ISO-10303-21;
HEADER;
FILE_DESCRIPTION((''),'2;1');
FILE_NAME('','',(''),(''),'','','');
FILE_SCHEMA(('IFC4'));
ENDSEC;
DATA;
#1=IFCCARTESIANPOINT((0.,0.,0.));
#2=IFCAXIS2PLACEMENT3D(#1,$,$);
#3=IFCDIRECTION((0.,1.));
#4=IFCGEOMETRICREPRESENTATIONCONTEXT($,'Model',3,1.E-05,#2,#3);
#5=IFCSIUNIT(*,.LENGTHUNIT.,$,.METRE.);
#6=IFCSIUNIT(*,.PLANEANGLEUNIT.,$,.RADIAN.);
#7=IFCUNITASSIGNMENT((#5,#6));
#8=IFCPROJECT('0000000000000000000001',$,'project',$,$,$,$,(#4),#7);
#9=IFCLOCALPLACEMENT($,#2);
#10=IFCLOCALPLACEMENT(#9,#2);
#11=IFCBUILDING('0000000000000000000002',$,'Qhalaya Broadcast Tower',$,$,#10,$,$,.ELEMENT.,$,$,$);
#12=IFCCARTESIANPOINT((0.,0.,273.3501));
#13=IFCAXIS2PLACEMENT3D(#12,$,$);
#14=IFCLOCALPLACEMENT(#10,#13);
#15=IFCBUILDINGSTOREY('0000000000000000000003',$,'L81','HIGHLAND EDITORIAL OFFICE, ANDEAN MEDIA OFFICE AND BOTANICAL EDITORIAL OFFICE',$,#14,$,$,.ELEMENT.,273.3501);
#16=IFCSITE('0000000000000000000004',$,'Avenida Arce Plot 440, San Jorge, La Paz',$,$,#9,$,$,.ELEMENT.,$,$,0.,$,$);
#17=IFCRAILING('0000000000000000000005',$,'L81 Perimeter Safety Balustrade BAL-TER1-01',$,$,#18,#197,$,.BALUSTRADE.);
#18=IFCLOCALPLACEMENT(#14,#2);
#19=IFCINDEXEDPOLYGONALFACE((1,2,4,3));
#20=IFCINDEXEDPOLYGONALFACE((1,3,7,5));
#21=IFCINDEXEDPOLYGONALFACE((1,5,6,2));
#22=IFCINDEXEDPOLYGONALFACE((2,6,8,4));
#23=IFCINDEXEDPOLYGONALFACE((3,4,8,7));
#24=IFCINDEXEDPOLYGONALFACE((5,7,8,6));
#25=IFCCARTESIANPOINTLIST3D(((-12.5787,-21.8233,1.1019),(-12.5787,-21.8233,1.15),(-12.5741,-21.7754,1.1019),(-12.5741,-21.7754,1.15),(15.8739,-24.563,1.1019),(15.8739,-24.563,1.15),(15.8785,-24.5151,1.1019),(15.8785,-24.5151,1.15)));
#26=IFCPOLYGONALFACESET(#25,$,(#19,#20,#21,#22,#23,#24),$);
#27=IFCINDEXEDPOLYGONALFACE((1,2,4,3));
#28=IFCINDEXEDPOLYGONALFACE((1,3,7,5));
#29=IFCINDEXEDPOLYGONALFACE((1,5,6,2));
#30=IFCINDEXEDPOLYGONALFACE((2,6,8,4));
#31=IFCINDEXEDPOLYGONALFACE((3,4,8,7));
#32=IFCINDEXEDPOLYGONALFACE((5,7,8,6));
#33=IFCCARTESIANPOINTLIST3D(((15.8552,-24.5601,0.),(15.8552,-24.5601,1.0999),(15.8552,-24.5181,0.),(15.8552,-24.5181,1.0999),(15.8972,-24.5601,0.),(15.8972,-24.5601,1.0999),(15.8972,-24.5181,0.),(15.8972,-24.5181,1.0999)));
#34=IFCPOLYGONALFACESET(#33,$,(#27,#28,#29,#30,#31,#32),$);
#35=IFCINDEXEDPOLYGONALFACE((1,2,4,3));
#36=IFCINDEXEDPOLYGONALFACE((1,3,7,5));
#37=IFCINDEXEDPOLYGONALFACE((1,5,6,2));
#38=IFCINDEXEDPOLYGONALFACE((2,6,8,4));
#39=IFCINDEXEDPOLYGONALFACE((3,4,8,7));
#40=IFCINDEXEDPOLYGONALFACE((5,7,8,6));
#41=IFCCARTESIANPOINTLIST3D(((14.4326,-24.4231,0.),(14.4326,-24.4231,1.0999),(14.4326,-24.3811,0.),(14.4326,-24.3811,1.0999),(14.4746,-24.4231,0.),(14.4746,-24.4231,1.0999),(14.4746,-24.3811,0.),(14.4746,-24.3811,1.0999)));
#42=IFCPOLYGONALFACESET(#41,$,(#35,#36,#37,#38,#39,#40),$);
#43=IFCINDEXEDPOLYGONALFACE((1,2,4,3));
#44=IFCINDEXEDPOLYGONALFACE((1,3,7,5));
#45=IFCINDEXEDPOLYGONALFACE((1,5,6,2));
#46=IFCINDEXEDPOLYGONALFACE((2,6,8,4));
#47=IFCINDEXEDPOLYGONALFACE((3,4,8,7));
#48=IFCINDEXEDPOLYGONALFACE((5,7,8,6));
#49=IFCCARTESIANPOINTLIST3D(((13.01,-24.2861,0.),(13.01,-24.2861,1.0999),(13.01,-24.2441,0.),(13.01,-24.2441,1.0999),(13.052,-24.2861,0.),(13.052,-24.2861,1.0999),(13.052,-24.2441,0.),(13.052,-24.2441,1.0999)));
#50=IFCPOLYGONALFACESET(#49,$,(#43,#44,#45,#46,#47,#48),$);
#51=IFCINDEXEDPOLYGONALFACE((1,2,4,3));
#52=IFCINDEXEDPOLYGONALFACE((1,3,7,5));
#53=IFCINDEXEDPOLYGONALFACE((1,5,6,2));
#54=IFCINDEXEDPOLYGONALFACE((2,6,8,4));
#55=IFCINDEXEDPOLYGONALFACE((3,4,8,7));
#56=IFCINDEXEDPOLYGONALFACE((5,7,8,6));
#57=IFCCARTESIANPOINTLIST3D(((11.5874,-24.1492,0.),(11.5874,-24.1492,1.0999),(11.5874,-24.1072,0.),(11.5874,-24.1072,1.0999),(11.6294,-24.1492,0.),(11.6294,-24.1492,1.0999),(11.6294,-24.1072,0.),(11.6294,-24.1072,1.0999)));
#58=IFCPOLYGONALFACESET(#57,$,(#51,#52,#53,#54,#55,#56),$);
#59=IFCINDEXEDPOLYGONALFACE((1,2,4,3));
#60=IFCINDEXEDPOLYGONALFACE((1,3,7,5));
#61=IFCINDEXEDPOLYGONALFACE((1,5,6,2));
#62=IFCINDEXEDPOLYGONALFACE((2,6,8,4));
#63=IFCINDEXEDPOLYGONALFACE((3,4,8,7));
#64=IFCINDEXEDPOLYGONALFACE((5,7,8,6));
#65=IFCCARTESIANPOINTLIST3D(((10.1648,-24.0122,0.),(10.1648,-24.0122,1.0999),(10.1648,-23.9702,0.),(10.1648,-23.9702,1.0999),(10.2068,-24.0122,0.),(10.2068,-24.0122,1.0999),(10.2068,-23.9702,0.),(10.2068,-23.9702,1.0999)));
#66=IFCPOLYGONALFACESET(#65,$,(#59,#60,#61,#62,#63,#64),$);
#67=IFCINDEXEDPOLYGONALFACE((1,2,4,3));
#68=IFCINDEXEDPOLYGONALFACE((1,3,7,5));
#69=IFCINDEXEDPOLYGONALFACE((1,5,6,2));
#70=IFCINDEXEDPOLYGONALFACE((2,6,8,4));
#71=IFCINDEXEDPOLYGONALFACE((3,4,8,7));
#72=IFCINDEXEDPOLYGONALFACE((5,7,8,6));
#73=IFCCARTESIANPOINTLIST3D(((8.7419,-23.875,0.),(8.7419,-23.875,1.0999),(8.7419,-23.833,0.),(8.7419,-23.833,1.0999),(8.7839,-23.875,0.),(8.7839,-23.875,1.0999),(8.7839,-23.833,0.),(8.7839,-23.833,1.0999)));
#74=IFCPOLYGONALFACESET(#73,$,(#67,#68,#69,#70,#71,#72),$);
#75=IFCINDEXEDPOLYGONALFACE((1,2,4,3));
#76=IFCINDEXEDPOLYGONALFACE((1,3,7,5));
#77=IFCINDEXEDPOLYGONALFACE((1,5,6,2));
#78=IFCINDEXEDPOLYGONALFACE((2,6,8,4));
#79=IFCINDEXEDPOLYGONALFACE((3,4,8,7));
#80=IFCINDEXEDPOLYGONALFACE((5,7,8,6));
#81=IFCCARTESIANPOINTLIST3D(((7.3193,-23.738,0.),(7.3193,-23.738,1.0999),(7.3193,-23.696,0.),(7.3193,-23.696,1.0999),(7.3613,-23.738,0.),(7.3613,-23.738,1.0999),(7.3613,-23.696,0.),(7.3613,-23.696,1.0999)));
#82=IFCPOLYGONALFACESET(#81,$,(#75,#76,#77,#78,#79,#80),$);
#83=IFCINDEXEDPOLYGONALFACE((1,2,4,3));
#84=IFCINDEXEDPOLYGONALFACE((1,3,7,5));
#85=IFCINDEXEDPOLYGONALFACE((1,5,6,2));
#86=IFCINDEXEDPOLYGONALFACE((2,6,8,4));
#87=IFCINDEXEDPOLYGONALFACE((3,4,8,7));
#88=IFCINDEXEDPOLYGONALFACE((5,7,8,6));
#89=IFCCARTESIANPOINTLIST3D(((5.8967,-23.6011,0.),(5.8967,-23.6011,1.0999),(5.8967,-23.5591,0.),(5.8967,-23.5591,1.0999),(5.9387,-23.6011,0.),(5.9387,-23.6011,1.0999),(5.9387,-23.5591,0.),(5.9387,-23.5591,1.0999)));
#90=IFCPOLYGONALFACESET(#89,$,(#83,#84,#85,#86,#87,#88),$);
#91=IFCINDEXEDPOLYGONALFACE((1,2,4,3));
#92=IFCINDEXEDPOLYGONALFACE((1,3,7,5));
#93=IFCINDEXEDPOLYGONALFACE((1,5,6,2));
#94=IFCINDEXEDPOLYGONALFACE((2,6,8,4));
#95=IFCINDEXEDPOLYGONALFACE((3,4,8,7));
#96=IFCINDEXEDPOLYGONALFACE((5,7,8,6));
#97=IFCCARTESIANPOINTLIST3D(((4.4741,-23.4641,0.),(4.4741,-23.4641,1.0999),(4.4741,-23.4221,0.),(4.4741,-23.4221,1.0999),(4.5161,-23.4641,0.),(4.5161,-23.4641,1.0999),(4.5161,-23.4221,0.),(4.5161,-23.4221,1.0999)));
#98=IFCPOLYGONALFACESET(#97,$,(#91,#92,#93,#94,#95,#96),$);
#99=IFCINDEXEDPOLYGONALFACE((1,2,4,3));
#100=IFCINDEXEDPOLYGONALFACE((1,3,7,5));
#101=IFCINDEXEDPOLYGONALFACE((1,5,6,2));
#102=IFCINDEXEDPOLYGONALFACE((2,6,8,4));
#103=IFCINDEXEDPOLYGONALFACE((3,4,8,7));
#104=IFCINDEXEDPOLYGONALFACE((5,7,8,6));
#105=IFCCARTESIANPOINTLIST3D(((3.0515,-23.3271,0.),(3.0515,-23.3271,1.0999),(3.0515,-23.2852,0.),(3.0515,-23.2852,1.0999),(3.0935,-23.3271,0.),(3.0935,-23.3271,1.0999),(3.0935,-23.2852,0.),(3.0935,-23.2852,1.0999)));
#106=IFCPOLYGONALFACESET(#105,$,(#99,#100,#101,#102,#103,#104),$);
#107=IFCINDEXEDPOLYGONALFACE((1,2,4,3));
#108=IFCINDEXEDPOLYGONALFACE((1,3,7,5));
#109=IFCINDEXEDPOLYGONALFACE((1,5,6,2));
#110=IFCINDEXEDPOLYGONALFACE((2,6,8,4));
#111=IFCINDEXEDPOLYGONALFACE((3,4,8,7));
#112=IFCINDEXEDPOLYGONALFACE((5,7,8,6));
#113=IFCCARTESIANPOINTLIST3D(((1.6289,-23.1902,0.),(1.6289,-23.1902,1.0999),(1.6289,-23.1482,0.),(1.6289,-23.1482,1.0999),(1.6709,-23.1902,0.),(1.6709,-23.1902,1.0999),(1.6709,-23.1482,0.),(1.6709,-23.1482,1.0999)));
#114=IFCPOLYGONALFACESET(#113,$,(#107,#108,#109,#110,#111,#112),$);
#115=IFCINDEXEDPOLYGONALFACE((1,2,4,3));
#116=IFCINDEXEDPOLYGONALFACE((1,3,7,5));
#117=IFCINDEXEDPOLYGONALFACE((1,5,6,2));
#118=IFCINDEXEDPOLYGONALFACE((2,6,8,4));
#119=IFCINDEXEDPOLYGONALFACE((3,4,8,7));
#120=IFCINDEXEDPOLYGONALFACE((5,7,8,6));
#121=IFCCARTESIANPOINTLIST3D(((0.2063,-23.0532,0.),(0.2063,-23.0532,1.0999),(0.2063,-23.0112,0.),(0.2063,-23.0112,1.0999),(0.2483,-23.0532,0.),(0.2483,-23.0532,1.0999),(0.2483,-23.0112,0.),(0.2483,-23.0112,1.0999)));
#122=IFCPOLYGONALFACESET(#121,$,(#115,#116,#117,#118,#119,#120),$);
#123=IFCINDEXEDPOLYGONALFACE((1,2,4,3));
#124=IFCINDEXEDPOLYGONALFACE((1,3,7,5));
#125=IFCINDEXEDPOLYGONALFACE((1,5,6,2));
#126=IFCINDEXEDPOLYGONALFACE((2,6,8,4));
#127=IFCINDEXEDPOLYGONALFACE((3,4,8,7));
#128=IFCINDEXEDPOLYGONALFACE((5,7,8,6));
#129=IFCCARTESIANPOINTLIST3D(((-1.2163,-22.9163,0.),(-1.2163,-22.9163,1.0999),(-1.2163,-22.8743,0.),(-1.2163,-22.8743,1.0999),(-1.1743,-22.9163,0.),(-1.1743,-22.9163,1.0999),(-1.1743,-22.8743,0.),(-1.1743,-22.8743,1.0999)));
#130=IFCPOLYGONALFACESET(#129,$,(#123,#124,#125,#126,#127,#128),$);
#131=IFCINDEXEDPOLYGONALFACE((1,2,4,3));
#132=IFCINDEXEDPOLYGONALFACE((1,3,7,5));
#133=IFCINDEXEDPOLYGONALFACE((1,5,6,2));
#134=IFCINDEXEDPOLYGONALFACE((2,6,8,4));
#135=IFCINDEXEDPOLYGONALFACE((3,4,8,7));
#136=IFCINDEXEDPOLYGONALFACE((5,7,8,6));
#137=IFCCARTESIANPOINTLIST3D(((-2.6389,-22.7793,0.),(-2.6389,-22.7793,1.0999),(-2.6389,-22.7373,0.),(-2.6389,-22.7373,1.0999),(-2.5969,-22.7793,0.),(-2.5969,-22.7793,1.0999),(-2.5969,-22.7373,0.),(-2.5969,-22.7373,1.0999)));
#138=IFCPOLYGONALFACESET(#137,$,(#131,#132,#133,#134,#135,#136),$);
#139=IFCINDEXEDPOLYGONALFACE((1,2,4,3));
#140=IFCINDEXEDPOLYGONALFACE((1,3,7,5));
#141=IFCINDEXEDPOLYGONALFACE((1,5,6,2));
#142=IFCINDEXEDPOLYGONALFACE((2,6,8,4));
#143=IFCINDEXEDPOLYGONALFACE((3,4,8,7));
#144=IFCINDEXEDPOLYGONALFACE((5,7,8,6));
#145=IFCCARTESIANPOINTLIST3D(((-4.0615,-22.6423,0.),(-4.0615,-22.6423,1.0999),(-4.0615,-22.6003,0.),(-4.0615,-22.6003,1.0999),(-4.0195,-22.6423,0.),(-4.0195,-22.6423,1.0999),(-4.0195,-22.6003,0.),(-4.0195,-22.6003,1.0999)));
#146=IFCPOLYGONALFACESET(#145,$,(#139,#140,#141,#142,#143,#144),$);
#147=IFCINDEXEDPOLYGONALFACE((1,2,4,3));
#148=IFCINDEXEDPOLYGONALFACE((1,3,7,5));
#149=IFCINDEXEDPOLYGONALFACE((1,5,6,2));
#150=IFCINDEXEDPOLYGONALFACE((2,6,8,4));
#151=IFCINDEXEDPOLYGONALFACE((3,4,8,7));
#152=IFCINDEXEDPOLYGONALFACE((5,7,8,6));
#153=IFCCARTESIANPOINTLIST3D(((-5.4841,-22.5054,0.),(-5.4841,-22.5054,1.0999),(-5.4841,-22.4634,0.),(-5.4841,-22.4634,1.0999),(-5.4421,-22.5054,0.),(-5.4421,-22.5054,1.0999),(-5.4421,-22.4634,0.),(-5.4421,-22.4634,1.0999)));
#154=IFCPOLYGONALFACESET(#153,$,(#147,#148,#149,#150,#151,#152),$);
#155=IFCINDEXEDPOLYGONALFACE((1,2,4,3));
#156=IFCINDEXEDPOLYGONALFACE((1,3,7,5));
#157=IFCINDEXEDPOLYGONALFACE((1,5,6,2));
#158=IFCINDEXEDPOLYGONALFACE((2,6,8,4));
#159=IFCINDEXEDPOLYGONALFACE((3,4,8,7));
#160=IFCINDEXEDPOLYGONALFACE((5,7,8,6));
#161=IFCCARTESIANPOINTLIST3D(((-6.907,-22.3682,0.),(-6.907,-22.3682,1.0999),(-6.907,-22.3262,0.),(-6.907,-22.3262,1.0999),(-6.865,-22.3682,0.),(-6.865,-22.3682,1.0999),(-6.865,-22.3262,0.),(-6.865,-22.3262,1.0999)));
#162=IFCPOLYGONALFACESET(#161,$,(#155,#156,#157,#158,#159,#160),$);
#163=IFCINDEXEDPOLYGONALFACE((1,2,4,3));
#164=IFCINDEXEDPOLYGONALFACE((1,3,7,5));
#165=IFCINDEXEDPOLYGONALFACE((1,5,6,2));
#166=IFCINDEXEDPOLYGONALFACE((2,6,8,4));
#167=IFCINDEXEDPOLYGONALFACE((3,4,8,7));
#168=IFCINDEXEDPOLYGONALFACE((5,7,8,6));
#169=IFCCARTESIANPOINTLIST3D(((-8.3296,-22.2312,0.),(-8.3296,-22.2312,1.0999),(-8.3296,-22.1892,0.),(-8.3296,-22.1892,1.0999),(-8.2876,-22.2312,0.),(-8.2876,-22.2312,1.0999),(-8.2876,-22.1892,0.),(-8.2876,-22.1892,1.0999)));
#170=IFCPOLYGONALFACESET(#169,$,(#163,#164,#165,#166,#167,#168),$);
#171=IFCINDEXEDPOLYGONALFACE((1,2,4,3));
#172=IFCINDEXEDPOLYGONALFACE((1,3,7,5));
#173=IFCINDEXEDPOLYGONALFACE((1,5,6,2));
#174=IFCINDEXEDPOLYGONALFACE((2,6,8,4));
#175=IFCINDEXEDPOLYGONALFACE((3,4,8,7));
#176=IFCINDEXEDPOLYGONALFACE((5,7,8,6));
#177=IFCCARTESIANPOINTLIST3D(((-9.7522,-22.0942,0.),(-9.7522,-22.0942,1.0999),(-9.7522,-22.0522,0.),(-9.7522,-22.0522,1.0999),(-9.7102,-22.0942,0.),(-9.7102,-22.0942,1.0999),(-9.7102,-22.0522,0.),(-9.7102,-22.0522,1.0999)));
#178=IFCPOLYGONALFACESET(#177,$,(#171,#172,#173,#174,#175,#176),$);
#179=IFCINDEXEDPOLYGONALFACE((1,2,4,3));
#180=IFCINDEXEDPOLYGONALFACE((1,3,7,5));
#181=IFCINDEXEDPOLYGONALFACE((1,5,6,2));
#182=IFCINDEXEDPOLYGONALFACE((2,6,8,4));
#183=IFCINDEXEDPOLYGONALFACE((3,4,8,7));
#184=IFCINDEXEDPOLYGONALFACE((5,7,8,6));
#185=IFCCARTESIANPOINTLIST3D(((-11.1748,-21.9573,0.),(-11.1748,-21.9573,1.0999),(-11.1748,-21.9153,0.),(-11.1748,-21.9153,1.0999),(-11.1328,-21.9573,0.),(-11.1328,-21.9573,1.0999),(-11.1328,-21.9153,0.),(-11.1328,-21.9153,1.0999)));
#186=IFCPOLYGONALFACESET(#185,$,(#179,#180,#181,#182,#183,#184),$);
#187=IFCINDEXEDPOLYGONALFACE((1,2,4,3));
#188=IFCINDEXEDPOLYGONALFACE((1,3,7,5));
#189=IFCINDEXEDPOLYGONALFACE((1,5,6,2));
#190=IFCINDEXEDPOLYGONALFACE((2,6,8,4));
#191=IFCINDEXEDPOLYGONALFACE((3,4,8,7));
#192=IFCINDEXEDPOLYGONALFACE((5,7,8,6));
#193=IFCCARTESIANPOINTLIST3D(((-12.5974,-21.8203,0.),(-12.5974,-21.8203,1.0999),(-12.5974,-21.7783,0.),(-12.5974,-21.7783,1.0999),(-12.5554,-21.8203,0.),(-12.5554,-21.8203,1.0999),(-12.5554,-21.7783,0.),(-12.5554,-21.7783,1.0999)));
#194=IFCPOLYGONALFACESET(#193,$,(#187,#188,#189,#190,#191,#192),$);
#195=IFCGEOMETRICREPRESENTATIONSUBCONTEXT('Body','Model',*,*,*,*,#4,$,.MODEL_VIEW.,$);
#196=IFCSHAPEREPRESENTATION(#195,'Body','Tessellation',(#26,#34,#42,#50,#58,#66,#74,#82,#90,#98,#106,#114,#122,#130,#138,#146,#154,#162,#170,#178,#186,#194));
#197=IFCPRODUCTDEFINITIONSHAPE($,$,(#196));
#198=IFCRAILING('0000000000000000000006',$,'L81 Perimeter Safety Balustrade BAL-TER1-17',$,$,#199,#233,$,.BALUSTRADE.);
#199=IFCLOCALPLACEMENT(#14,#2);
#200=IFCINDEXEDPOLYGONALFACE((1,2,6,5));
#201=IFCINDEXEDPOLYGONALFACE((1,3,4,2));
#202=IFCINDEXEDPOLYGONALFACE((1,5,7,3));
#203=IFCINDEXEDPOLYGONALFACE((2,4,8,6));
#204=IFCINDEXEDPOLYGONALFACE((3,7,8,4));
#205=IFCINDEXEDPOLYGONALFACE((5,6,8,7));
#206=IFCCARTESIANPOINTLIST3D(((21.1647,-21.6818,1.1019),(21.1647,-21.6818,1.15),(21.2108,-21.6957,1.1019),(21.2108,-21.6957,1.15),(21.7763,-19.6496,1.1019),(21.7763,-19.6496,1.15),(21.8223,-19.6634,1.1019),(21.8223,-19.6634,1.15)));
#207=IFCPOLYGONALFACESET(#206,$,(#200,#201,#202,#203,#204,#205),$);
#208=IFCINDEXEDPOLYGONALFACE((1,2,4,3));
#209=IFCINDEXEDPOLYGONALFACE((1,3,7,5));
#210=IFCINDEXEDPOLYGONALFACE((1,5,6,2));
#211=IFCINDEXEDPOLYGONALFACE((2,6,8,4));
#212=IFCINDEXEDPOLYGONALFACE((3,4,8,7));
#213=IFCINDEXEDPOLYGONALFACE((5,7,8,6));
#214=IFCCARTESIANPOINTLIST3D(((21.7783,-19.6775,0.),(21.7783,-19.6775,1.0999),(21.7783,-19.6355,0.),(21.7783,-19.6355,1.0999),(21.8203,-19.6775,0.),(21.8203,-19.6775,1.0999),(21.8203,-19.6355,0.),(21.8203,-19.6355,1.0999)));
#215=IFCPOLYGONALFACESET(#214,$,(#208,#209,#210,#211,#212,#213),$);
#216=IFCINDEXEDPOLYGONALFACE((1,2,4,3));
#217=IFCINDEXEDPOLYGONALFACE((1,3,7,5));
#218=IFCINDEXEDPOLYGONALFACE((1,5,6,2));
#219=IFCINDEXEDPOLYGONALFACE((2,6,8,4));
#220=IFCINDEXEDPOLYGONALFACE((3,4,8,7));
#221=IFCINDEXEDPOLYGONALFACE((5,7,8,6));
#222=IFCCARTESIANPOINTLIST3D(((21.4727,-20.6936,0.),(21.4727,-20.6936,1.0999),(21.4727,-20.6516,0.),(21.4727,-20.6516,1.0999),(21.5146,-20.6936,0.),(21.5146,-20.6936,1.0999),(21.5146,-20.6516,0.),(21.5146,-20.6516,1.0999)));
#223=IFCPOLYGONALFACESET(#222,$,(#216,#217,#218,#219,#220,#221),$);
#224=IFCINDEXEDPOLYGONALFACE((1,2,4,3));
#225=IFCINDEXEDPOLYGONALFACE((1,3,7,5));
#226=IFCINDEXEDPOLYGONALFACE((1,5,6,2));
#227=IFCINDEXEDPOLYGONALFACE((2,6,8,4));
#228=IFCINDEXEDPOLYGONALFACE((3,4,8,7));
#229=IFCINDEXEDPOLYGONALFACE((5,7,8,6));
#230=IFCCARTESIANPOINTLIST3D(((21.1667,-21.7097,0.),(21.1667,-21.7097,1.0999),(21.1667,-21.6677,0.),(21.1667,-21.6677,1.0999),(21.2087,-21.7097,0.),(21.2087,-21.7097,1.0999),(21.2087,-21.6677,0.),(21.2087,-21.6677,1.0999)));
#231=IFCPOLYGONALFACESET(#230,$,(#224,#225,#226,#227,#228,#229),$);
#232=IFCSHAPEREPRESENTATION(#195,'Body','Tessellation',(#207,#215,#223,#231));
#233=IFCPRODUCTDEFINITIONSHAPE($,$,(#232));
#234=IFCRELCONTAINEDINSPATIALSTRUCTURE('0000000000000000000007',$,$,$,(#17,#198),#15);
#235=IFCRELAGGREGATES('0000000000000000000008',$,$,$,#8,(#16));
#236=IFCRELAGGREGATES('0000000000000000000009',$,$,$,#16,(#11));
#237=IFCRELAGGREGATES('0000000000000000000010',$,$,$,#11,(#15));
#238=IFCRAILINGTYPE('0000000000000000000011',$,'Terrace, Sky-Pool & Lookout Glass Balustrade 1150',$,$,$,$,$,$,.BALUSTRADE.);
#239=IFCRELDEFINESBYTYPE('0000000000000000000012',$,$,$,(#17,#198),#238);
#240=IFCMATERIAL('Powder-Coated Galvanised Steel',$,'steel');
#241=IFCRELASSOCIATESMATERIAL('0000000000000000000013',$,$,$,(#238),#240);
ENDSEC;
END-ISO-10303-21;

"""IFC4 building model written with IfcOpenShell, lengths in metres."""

from ifc_helpers import new_model, si_unit, direction, frame, origin, origin_2d, place, context, subcontext, project, spatial, rectangle, extrude, material, type_object, element, save


model = new_model("IFC4")

# Units and contexts
model_context = context("Model", 3, precision=1e-05, world=origin(), true_north=direction((0.0, 1.0)))
body_context = subcontext(model_context, "Body", "Model", "MODEL_VIEW")
ifc_project = project(units=[si_unit("LENGTHUNIT", "METRE"), si_unit("PLANEANGLEUNIT", "RADIAN")], contexts=[model_context])

# Site, building, storey
site_placement = place(None, origin())
site = spatial("IfcSite", under=ifc_project, at=site_placement, Name="Avenida Arce Plot 440, San Jorge, La Paz", CompositionType="ELEMENT", RefElevation=0.0)
building_placement = place(site_placement, origin())
building = spatial("IfcBuilding", under=site, at=building_placement, Name="Qhalaya Broadcast Tower", CompositionType="ELEMENT")
storey_placement = place(building_placement, frame((0.0, 0.0, 273.3501)))
storey = spatial("IfcBuildingStorey", under=building, at=storey_placement, Name="L81", Description="HIGHLAND EDITORIAL OFFICE, ANDEAN MEDIA OFFICE AND BOTANICAL EDITORIAL OFFICE", CompositionType="ELEMENT", Elevation=273.3501)

# Railings
ifc_material_1 = material(Name="Powder-Coated Galvanised Steel", Category="steel")
railing_type = type_object("IfcRailingType", Name="Terrace, Sky-Pool & Lookout Glass Balustrade 1150", PredefinedType="BALUSTRADE", material=ifc_material_1)
railing_1_placement = place(storey_placement, frame((15.8762, -24.5391, 0.0)))
element("IfcRailing", 1, at=railing_1_placement, inside=storey, type_object=railing_type, Name="L81 Perimeter Safety Balustrade BAL-TER1-01", PredefinedType="BALUSTRADE", context=body_context, shape_type="SweptSolid", body=[
    extrude(rectangle(XDim=0.0481, YDim=0.0481, at=origin_2d()), frame((0.0, 0.0, 1.126), z_axis=(-0.995396, 0.095848, 0.0), x_axis=(-0.095848, -0.995396, 0.0)), (0.0, 0.0, 1.0), 28.5842),
    extrude(rectangle(XDim=0.042, YDim=0.042, at=origin_2d()), origin(), (0.0, 0.0, 1.0), 1.0999),
    extrude(rectangle(XDim=0.042, YDim=0.042, at=origin_2d()), frame((-1.4226, 0.137, 0.0)), (0.0, 0.0, 1.0), 1.0999),
    extrude(rectangle(XDim=0.042, YDim=0.042, at=origin_2d()), frame((-2.8452, 0.2739, 0.0)), (0.0, 0.0, 1.0), 1.0999),
    extrude(rectangle(XDim=0.042, YDim=0.042, at=origin_2d()), frame((-4.2678, 0.4109, 0.0)), (0.0, 0.0, 1.0), 1.0999),
    extrude(rectangle(XDim=0.042, YDim=0.042, at=origin_2d()), frame((-5.6904, 0.5479, 0.0)), (0.0, 0.0, 1.0), 1.0999),
    extrude(rectangle(XDim=0.042, YDim=0.042, at=origin_2d()), frame((-7.1133, 0.6851, 0.0)), (0.0, 0.0, 1.0), 1.0999),
    extrude(rectangle(XDim=0.042, YDim=0.042, at=origin_2d()), frame((-8.5359, 0.822, 0.0)), (0.0, 0.0, 1.0), 1.0999),
    extrude(rectangle(XDim=0.042, YDim=0.042, at=origin_2d()), frame((-9.9585, 0.959, 0.0)), (0.0, 0.0, 1.0), 1.0999),
    extrude(rectangle(XDim=0.042, YDim=0.042, at=origin_2d()), frame((-11.3811, 1.0959, 0.0)), (0.0, 0.0, 1.0), 1.0999),
    extrude(rectangle(XDim=0.042, YDim=0.042, at=origin_2d()), frame((-12.8037, 1.2329, 0.0)), (0.0, 0.0, 1.0), 1.0999),
    extrude(rectangle(XDim=0.042, YDim=0.042, at=origin_2d()), frame((-14.2263, 1.3699, 0.0)), (0.0, 0.0, 1.0), 1.0999),
    extrude(rectangle(XDim=0.042, YDim=0.042, at=origin_2d()), frame((-15.6489, 1.5068, 0.0)), (0.0, 0.0, 1.0), 1.0999),
    extrude(rectangle(XDim=0.042, YDim=0.042, at=origin_2d()), frame((-17.0715, 1.6438, 0.0)), (0.0, 0.0, 1.0), 1.0999),
    extrude(rectangle(XDim=0.042, YDim=0.042, at=origin_2d()), frame((-18.4941, 1.7808, 0.0)), (0.0, 0.0, 1.0), 1.0999),
    extrude(rectangle(XDim=0.042, YDim=0.042, at=origin_2d()), frame((-19.9167, 1.9177, 0.0)), (0.0, 0.0, 1.0), 1.0999),
    extrude(rectangle(XDim=0.042, YDim=0.042, at=origin_2d()), frame((-21.3394, 2.0547, 0.0)), (0.0, 0.0, 1.0), 1.0999),
    extrude(rectangle(XDim=0.042, YDim=0.042, at=origin_2d()), frame((-22.7622, 2.1919, 0.0)), (0.0, 0.0, 1.0), 1.0999),
    extrude(rectangle(XDim=0.042, YDim=0.042, at=origin_2d()), frame((-24.1848, 2.3289, 0.0)), (0.0, 0.0, 1.0), 1.0999),
    extrude(rectangle(XDim=0.042, YDim=0.042, at=origin_2d()), frame((-25.6074, 2.4658, 0.0)), (0.0, 0.0, 1.0), 1.0999),
    extrude(rectangle(XDim=0.042, YDim=0.042, at=origin_2d()), frame((-27.03, 2.6028, 0.0)), (0.0, 0.0, 1.0), 1.0999),
    extrude(rectangle(XDim=0.042, YDim=0.042, at=origin_2d()), frame((-28.4526, 2.7397, 0.0)), (0.0, 0.0, 1.0), 1.0999),
])
railing_2_placement = place(storey_placement, frame((21.7993, -19.6565, 0.0)))
element("IfcRailing", 2, at=railing_2_placement, inside=storey, type_object=railing_type, Name="L81 Perimeter Safety Balustrade BAL-TER1-17", PredefinedType="BALUSTRADE", context=body_context, shape_type="SweptSolid", body=[
    extrude(rectangle(XDim=0.0481, YDim=0.0481, at=origin_2d()), frame((0.0, 0.0, 1.126), z_axis=(-0.288171, -0.957579, 0.0), x_axis=(0.957579, -0.288171, 0.0)), (0.0, 0.0, 1.0), 2.1223),
    extrude(rectangle(XDim=0.042, YDim=0.042, at=origin_2d()), origin(), (0.0, 0.0, 1.0), 1.0999),
    extrude(rectangle(XDim=0.042, YDim=0.042, at=origin_2d()), frame((-0.3057, -1.0161, 0.0)), (0.0, 0.0, 1.0), 1.0999),
    extrude(rectangle(XDim=0.042, YDim=0.042, at=origin_2d()), frame((-0.6116, -2.0322, 0.0)), (0.0, 0.0, 1.0), 1.0999),
])

save(model, "model.ifc")
